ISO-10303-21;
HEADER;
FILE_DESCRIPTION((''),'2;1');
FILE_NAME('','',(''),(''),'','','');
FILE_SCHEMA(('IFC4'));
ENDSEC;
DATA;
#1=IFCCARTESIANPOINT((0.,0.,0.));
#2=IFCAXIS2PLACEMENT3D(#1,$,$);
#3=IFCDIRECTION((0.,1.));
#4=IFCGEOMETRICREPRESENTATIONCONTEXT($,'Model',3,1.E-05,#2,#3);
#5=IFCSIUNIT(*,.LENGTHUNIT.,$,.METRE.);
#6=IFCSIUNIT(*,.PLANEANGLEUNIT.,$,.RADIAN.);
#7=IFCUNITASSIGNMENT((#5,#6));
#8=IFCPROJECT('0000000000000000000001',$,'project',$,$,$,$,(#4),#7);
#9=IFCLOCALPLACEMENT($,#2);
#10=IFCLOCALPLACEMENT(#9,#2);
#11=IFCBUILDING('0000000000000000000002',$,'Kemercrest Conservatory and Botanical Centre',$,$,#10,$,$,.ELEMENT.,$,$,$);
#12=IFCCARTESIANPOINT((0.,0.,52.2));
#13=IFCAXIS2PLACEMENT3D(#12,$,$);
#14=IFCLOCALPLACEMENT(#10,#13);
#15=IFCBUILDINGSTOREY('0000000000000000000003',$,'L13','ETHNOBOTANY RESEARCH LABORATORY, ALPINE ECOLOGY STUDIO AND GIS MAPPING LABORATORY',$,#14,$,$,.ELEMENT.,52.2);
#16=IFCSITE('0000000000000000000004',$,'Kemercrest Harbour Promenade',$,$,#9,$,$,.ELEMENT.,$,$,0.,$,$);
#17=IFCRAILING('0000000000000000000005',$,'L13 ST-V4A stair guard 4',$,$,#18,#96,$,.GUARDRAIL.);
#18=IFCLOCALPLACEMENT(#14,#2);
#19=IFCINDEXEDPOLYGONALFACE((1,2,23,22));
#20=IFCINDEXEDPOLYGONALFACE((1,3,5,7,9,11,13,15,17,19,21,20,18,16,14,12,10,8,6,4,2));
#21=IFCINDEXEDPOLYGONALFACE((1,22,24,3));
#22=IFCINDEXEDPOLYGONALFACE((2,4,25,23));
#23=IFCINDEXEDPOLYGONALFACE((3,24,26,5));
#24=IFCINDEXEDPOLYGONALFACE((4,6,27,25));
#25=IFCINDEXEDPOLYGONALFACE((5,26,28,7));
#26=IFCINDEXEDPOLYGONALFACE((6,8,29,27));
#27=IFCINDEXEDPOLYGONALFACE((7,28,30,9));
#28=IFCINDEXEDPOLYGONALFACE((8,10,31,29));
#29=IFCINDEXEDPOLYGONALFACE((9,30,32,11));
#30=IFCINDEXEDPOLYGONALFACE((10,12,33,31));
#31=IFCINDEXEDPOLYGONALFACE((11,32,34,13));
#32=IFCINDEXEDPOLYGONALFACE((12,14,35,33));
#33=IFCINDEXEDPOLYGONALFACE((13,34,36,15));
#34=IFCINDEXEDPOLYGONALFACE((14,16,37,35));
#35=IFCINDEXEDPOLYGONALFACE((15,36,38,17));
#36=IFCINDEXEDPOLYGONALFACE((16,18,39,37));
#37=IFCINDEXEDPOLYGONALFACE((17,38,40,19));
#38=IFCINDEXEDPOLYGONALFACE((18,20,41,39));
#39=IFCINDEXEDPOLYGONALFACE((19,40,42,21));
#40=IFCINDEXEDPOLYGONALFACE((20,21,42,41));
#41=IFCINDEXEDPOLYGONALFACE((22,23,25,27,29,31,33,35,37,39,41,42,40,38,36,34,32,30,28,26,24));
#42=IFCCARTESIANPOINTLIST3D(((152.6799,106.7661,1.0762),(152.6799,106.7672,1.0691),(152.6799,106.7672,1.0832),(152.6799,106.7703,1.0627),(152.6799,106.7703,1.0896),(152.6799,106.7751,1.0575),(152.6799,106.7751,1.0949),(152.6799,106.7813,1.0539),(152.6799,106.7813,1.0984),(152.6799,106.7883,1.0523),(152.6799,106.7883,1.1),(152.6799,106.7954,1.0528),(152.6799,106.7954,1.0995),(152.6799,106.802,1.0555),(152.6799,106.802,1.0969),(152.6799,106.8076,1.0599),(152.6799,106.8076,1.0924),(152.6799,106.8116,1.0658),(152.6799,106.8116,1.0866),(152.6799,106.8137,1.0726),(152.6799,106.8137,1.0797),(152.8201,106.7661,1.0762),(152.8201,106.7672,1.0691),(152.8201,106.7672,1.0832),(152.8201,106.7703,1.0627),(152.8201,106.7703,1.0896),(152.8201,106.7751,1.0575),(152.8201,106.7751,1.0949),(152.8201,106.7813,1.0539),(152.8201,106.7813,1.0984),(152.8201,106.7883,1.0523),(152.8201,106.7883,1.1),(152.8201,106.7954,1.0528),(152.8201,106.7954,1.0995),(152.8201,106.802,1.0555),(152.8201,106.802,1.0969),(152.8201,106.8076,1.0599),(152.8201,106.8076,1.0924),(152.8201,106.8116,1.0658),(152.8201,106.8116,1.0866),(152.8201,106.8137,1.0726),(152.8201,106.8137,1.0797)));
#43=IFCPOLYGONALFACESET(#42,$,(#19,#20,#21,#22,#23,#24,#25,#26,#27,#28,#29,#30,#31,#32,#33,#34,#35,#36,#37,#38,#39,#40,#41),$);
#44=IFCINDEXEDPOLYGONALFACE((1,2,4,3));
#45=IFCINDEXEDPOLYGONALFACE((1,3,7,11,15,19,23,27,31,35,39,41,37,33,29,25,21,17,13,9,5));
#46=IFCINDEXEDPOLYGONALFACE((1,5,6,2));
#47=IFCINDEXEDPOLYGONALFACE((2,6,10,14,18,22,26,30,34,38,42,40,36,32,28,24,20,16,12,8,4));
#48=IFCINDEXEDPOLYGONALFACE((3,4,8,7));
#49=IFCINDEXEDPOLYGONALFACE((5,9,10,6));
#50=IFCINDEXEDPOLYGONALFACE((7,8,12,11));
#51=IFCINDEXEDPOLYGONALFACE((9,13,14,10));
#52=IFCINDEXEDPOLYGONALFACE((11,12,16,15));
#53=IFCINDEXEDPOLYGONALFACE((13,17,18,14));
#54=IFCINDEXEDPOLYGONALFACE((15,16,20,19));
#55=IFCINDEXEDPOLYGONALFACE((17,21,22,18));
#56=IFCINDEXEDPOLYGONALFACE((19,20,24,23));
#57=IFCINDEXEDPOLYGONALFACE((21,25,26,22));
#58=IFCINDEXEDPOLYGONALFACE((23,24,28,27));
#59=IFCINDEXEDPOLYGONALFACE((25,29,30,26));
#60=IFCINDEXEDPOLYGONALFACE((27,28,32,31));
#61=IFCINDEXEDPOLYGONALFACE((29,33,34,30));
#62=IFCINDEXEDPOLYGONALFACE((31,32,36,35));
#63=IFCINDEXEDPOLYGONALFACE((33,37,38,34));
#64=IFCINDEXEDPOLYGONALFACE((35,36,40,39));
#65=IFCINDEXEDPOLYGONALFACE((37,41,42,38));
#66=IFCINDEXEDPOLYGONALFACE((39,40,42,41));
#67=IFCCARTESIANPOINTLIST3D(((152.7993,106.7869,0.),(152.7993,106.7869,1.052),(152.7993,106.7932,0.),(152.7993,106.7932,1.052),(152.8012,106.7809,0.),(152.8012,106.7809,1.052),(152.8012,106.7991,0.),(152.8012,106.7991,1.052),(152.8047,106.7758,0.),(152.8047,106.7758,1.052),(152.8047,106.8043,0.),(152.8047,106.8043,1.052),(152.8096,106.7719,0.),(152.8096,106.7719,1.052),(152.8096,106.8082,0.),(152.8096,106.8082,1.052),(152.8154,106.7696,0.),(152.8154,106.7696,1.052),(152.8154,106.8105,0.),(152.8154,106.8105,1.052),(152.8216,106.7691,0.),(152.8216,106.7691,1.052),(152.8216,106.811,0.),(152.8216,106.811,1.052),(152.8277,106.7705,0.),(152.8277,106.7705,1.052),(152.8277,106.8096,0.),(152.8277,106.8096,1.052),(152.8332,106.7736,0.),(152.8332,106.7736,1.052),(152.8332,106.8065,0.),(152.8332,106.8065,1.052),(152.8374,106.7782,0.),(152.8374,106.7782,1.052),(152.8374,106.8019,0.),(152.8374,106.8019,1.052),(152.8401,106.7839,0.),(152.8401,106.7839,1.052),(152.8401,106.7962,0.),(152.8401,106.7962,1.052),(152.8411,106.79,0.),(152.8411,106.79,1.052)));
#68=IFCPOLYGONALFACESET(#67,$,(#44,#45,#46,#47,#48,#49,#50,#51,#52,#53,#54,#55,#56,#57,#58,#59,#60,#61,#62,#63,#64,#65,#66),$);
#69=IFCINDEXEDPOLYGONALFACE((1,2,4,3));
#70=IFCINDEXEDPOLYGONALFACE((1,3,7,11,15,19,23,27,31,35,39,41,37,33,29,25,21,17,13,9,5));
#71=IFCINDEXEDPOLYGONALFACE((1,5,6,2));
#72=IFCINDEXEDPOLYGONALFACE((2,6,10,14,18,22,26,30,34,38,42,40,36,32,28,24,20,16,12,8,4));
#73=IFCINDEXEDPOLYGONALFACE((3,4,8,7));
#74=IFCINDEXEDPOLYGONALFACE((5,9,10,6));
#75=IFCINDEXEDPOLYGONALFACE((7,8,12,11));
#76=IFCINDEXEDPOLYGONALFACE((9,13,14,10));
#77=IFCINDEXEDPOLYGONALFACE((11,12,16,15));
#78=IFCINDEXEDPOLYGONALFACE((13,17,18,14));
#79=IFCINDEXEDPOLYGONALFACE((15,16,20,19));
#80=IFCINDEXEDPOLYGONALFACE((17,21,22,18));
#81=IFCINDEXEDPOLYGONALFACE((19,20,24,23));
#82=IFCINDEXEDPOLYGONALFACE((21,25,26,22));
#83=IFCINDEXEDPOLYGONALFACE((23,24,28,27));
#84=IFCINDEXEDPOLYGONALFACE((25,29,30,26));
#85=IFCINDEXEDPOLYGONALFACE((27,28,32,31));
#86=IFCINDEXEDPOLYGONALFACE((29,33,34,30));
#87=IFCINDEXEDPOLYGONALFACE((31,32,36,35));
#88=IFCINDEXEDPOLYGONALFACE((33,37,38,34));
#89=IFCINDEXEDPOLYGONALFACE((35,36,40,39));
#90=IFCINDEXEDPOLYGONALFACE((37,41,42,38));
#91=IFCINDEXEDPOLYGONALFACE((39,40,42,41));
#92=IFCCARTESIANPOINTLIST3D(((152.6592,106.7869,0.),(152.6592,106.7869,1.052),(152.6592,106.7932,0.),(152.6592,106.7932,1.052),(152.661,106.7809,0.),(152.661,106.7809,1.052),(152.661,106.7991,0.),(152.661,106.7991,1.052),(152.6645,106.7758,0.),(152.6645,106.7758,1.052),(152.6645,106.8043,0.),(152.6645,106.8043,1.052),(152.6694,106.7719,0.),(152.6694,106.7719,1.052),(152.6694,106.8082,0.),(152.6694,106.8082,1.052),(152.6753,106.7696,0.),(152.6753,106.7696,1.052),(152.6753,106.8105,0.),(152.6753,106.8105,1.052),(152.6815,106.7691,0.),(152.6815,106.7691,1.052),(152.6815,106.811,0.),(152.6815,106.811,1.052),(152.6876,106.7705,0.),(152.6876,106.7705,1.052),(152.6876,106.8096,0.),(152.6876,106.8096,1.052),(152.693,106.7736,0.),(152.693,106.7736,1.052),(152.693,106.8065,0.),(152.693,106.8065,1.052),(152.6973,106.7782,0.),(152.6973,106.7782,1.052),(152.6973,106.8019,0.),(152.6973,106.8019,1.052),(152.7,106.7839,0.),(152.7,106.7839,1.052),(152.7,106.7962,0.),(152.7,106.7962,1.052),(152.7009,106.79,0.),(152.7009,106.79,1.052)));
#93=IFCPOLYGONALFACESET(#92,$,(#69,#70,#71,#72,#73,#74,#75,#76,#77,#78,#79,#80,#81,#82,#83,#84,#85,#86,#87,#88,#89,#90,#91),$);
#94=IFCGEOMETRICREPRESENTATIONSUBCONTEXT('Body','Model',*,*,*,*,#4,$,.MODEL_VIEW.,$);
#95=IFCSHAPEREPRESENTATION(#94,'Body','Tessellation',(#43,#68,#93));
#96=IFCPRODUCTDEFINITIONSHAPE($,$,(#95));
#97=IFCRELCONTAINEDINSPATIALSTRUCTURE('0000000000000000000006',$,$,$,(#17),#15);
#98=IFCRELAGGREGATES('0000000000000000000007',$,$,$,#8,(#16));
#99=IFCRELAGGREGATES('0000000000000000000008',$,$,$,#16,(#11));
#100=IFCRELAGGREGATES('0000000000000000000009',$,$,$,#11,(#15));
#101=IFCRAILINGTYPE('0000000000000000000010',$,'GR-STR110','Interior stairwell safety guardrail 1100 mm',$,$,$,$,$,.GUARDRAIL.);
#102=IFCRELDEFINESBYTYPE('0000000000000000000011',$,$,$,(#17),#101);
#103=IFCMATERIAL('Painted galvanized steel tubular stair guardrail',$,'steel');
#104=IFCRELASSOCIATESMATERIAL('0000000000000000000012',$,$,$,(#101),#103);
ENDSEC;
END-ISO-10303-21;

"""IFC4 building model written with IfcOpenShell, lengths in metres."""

from ifc_helpers import new_model, si_unit, direction, frame, origin, origin_2d, place, context, subcontext, project, spatial, circle, extrude, material, type_object, element, save


model = new_model("IFC4")

# Units and contexts
model_context = context("Model", 3, precision=1e-05, world=origin(), true_north=direction((0.0, 1.0)))
body_context = subcontext(model_context, "Body", "Model", "MODEL_VIEW")
ifc_project = project(units=[si_unit("LENGTHUNIT", "METRE"), si_unit("PLANEANGLEUNIT", "RADIAN")], contexts=[model_context])

# Site, building, storey
site_placement = place(None, origin())
site = spatial("IfcSite", under=ifc_project, at=site_placement, Name="Kemercrest Harbour Promenade", CompositionType="ELEMENT", RefElevation=0.0)
building_placement = place(site_placement, origin())
building = spatial("IfcBuilding", under=site, at=building_placement, Name="Kemercrest Conservatory and Botanical Centre", CompositionType="ELEMENT")
storey_placement = place(building_placement, frame((0.0, 0.0, 52.2)))
storey = spatial("IfcBuildingStorey", under=building, at=storey_placement, Name="L13", Description="ETHNOBOTANY RESEARCH LABORATORY, ALPINE ECOLOGY STUDIO AND GIS MAPPING LABORATORY", CompositionType="ELEMENT", Elevation=52.2)

# Railing
ifc_material_1 = material(Name="Painted galvanized steel tubular stair guardrail", Category="steel")
railing_type = type_object("IfcRailingType", Name="GR-STR110", Description="Interior stairwell safety guardrail 1100 mm", PredefinedType="GUARDRAIL", material=ifc_material_1)
railing_1_placement = place(storey_placement, frame((152.8201, 106.79, 0.0)))
element("IfcRailing", 1, at=railing_1_placement, inside=storey, type_object=railing_type, Name="L13 ST-V4A stair guard 4", PredefinedType="GUARDRAIL", context=body_context, shape_type="SweptSolid", body=[
    extrude(circle(Radius=0.0239, at=origin_2d()), frame((0.0, 0.0, 1.0762), z_axis=(-1.0, 0.0, 0.0), x_axis=(0.0, -1.0, 0.0)), (0.0, 0.0, 1.0), 0.1401),
    extrude(circle(Radius=0.021, at=origin_2d()), origin(), (0.0, 0.0, 1.0), 1.052),
    extrude(circle(Radius=0.021, at=origin_2d()), frame((-0.1401, 0.0, 0.0)), (0.0, 0.0, 1.0), 1.052),
])

save(model, "model.ifc")
